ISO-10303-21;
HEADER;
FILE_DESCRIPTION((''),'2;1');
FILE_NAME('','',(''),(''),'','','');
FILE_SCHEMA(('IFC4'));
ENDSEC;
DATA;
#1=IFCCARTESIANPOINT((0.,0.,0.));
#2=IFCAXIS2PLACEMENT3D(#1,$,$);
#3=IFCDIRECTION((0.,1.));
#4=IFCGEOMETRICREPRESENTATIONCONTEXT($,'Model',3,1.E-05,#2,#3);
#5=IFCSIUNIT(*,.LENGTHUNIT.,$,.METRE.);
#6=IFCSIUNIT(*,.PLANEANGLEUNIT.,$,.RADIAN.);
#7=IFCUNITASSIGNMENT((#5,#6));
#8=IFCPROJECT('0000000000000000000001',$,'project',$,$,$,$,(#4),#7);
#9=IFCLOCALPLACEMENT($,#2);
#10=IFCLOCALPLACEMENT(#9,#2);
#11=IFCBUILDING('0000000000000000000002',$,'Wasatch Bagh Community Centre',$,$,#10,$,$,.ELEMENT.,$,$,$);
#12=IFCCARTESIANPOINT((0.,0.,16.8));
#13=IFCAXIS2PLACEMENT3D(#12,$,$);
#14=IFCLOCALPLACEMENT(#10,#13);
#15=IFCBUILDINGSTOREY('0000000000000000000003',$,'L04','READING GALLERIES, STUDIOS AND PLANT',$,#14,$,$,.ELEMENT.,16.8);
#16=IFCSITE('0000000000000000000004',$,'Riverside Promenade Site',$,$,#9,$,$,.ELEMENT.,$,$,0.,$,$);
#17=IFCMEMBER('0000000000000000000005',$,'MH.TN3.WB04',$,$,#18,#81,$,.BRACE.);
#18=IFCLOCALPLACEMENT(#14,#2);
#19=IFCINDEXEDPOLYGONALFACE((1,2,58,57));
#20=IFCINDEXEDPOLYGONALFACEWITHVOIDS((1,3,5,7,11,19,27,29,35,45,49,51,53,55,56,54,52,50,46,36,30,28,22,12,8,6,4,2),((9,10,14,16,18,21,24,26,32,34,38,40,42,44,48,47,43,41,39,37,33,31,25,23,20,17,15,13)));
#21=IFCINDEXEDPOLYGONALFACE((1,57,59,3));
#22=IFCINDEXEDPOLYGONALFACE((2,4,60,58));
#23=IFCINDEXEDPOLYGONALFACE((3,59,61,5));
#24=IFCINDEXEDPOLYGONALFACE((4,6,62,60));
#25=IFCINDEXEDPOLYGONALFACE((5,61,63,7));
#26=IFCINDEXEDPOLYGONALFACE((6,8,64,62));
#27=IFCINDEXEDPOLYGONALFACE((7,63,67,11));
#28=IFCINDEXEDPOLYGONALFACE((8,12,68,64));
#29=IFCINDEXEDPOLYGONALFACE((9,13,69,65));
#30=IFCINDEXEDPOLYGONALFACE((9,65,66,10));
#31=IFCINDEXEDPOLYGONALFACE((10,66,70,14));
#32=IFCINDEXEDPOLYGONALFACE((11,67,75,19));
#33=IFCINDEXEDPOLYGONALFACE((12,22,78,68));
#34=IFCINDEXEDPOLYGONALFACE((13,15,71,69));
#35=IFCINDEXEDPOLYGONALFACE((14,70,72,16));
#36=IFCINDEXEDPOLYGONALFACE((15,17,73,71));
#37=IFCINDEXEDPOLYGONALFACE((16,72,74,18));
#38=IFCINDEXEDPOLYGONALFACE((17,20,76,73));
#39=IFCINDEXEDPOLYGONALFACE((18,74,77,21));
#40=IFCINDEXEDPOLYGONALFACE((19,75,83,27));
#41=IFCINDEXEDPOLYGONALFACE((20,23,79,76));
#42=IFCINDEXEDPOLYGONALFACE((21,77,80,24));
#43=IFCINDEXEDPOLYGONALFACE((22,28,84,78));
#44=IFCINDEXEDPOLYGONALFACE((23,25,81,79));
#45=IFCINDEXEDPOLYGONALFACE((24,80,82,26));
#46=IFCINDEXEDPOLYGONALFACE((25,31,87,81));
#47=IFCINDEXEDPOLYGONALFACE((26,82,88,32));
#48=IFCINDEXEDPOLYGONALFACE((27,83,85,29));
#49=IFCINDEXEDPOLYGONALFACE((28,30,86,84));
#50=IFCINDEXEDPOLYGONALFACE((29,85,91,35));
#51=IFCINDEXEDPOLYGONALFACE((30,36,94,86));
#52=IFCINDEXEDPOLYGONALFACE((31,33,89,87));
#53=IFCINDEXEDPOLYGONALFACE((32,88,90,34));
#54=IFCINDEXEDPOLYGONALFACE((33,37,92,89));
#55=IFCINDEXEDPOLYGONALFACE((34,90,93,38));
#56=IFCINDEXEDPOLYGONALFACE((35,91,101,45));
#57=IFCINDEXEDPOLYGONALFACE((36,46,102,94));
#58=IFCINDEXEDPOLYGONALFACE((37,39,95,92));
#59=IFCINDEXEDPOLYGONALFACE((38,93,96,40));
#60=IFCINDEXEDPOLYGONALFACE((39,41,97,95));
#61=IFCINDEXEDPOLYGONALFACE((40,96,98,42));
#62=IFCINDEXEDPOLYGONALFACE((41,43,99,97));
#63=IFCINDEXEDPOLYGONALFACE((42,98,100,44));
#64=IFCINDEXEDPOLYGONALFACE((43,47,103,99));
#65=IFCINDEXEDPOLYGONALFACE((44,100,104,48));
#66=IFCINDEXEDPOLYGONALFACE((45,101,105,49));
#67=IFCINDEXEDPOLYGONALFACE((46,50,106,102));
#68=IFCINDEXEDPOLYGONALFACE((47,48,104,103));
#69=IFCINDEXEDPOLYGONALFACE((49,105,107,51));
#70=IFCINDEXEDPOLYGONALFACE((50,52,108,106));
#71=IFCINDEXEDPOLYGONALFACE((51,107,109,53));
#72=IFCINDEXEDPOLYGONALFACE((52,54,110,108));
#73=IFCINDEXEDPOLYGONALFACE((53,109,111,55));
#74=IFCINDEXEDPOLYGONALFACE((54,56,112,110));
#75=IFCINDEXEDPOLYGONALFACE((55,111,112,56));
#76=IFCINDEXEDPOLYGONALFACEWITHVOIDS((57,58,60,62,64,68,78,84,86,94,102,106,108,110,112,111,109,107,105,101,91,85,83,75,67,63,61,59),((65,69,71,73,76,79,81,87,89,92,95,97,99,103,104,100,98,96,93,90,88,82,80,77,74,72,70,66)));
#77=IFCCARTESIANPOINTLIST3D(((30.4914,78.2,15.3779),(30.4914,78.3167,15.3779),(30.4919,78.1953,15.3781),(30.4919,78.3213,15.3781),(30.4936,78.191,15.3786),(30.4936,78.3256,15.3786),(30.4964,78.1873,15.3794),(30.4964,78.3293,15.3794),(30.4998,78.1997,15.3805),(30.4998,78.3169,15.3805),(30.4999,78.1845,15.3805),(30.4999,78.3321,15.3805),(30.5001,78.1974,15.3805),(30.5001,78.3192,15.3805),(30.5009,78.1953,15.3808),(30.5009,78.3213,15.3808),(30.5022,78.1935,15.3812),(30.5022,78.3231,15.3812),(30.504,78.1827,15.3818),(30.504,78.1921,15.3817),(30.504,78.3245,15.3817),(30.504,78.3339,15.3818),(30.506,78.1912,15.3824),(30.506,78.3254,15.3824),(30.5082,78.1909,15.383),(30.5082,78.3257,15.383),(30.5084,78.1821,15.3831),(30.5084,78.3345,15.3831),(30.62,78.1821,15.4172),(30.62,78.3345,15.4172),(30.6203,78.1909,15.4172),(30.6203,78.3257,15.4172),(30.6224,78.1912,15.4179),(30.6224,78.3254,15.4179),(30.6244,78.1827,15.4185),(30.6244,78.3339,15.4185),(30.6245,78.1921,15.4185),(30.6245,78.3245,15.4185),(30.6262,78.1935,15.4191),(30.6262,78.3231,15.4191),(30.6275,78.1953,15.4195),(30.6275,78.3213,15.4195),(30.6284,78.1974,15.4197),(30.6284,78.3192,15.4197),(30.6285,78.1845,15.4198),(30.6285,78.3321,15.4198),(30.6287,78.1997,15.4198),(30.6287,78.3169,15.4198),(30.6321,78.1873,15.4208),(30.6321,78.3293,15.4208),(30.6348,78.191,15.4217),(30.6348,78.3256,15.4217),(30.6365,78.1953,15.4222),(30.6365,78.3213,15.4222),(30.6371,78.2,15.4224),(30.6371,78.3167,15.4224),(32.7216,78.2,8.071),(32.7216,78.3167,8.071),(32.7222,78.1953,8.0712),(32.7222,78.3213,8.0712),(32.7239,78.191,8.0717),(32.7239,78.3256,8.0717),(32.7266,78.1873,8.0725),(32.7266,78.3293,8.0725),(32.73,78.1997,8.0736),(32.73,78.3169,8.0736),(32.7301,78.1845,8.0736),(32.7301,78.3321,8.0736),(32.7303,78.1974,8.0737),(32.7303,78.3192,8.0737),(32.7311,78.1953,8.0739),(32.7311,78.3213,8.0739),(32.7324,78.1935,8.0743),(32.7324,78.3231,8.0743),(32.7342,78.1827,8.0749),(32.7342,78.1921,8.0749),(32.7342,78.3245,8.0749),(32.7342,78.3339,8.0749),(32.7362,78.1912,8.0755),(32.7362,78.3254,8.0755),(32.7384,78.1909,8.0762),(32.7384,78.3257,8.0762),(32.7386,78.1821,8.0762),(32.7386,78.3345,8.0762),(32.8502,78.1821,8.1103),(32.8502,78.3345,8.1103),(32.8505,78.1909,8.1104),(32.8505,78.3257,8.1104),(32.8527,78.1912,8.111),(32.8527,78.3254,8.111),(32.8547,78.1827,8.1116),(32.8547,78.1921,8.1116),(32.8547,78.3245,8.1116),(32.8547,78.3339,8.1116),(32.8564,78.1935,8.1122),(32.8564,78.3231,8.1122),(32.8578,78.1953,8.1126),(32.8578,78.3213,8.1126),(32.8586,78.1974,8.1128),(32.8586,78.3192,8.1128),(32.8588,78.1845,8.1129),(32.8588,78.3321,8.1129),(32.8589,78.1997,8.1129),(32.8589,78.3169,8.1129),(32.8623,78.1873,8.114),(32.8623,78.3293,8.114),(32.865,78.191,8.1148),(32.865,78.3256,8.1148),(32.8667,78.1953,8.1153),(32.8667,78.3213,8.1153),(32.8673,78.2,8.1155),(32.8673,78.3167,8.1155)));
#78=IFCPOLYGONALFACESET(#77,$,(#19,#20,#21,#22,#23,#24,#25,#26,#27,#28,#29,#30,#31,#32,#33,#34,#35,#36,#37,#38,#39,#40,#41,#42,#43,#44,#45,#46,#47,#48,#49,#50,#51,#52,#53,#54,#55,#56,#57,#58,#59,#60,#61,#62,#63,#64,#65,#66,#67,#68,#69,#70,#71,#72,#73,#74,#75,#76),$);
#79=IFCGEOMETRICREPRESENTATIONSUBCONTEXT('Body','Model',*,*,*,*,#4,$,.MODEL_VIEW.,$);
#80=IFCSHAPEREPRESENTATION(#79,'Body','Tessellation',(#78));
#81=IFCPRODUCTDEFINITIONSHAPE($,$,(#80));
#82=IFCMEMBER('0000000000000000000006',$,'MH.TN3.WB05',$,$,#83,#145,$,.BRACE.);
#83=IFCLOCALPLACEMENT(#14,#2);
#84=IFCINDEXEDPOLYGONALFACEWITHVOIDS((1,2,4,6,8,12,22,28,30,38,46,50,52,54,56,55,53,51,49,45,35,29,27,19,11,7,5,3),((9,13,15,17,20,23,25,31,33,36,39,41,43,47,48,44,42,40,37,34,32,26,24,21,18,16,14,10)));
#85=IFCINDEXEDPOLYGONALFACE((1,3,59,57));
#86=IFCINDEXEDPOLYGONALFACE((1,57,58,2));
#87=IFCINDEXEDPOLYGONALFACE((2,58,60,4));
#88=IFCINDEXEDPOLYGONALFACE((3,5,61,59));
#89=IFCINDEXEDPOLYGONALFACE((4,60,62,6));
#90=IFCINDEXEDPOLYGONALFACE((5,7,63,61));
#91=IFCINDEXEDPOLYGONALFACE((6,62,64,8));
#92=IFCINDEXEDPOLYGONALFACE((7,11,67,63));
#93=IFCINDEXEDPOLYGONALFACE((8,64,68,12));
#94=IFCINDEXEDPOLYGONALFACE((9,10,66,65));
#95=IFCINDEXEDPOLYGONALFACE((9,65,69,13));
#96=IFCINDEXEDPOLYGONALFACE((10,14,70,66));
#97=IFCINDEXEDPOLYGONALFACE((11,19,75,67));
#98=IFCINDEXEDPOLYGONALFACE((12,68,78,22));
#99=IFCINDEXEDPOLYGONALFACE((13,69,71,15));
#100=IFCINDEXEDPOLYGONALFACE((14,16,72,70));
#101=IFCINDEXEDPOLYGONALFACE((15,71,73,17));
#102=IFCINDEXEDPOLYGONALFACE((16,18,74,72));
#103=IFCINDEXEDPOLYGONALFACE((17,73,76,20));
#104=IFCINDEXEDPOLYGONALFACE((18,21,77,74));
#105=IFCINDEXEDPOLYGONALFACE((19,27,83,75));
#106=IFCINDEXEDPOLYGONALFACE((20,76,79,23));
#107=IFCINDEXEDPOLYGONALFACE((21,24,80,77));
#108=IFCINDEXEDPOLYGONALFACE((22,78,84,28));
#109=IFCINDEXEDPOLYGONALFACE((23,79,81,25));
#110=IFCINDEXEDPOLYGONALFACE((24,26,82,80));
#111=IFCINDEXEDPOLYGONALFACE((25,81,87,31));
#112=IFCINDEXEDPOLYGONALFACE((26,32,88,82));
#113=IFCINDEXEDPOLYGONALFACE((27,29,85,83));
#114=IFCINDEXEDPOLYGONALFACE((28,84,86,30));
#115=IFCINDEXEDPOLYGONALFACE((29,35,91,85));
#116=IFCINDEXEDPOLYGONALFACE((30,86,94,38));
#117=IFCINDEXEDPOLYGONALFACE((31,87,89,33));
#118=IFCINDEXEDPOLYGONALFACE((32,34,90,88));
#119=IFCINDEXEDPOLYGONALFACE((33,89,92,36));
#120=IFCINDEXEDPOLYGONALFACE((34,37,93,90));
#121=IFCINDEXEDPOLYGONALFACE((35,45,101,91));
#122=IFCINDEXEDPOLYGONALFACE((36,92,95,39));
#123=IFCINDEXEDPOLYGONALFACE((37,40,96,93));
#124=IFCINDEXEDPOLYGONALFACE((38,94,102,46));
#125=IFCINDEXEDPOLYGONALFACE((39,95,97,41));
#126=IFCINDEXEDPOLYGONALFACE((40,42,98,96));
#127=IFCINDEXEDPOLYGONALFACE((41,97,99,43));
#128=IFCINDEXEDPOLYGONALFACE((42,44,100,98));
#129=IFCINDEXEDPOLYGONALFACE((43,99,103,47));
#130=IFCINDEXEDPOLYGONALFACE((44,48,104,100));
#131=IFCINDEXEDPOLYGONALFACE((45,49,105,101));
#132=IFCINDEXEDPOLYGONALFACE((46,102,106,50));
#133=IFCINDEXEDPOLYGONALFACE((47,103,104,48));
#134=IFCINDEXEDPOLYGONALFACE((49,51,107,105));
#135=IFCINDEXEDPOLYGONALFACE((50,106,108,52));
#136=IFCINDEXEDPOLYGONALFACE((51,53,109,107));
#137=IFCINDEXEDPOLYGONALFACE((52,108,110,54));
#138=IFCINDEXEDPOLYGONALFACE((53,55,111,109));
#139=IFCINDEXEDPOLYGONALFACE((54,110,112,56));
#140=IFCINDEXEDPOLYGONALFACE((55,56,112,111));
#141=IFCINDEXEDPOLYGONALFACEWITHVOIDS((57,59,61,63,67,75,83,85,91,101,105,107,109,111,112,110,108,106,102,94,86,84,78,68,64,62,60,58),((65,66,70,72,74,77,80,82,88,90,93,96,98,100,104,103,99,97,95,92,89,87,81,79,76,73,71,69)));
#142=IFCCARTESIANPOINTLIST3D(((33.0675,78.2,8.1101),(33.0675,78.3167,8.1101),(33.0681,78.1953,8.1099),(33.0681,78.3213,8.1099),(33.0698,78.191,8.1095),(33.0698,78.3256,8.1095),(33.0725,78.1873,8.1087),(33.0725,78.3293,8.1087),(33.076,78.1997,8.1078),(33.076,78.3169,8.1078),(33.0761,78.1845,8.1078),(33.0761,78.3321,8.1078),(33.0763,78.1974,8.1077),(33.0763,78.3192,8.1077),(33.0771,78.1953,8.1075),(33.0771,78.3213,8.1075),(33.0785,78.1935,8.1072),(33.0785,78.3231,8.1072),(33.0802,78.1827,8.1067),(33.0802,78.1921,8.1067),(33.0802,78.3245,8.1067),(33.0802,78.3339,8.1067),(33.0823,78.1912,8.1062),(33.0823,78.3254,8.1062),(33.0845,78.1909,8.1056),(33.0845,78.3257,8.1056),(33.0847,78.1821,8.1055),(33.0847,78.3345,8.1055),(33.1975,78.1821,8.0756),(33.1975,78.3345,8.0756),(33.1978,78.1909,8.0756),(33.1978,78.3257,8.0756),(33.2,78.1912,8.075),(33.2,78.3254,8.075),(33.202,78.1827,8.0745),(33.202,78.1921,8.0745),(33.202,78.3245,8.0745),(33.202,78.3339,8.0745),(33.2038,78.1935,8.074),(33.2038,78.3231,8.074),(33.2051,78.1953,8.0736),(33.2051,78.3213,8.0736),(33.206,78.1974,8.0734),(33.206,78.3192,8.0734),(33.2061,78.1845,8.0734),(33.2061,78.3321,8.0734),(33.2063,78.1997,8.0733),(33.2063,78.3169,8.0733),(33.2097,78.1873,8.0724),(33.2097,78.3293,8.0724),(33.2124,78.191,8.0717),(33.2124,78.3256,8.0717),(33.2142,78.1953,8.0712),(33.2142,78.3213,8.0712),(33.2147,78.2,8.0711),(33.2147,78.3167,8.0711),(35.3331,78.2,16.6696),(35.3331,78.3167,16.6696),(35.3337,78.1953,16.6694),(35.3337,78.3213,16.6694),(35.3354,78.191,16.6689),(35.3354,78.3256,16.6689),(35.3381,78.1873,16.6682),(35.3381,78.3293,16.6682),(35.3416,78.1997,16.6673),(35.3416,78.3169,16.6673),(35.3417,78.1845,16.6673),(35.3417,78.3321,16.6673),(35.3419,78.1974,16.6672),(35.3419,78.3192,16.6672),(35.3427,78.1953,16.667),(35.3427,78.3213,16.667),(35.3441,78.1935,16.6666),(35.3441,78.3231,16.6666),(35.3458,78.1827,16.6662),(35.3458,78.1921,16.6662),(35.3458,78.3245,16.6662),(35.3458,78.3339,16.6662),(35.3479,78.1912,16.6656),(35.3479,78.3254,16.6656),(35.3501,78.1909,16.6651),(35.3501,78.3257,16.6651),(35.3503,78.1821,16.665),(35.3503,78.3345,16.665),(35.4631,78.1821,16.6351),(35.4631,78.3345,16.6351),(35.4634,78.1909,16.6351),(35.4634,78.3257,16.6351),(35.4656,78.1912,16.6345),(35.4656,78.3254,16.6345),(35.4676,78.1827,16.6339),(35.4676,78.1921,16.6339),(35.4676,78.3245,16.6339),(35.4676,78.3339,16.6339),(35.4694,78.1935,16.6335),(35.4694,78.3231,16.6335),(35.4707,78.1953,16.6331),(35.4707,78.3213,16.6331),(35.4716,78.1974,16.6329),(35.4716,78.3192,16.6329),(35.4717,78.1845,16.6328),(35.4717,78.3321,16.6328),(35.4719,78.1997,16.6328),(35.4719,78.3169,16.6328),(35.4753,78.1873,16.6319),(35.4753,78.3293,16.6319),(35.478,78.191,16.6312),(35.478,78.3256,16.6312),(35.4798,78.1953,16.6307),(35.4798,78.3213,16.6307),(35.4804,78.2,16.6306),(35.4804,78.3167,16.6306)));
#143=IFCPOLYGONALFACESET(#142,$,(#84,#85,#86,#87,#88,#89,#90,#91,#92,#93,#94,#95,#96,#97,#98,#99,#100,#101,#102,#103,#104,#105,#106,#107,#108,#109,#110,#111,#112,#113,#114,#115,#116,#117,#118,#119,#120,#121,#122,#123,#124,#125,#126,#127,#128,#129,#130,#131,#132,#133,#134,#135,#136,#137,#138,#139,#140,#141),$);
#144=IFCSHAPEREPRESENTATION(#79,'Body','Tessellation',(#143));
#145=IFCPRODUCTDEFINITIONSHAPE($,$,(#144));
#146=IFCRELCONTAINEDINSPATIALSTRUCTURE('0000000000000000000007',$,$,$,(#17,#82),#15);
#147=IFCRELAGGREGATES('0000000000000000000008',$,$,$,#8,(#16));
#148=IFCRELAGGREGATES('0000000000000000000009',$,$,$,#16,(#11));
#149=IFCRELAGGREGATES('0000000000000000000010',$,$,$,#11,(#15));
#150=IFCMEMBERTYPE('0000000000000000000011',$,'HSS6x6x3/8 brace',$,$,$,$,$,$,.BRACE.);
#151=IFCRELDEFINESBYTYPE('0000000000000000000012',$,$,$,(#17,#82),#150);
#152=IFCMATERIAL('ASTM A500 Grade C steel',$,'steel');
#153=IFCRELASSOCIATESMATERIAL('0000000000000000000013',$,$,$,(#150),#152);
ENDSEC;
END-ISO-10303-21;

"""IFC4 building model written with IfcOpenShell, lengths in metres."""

from ifc_helpers import new_model, si_unit, direction, frame, origin, origin_2d, place, context, subcontext, project, spatial, hollow_rectangle, extrude, material, material_profile, profile_set, type_object, element, save


model = new_model("IFC4")

# Units and contexts
model_context = context("Model", 3, precision=1e-05, world=origin(), true_north=direction((0.0, 1.0)))
body_context = subcontext(model_context, "Body", "Model", "MODEL_VIEW")
ifc_project = project(units=[si_unit("LENGTHUNIT", "METRE"), si_unit("PLANEANGLEUNIT", "RADIAN")], contexts=[model_context])

# Site, building, storey
site_placement = place(None, origin())
site = spatial("IfcSite", under=ifc_project, at=site_placement, Name="Riverside Promenade Site", CompositionType="ELEMENT", RefElevation=0.0)
building_placement = place(site_placement, origin())
building = spatial("IfcBuilding", under=site, at=building_placement, Name="Wasatch Bagh Community Centre", CompositionType="ELEMENT")
storey_placement = place(building_placement, frame((0.0, 0.0, 16.8)))
storey = spatial("IfcBuildingStorey", under=building, at=storey_placement, Name="L04", Description="READING GALLERIES, STUDIOS AND PLANT", CompositionType="ELEMENT", Elevation=16.8)

# Members
ifc_material_1 = material(Name="ASTM A500 Grade C steel", Category="steel")
ifc_material_profile_1 = material_profile(ifc_material_1, hollow_rectangle(XDim=0.1523, YDim=0.1523, WallThickness=0.0088, InnerFilletRadius=0.0088, OuterFilletRadius=0.0178, at=origin_2d()), Name="HSS6x6x3/8")
ifc_profile_set_1 = profile_set([ifc_material_profile_1], Name="ASTM A500 Grade C steel")
member_type_1 = type_object("IfcMemberType", Name="HSS6x6x3/8 brace", PredefinedType="BRACE", material=ifc_profile_set_1)
member_1_placement = place(storey_placement, frame((32.7944, 78.2583, 8.0933), z_axis=(-0.291927, 0.0, 0.956441), x_axis=(0.0, -1.0, 0.0)))
element("IfcMember", 1, at=member_1_placement, inside=storey, type_object=member_type_1, Name="MH.TN3.WB04", PredefinedType="BRACE", context=body_context, shape_type="SweptSolid", body=[
    extrude(hollow_rectangle(XDim=0.1523, YDim=0.1523, WallThickness=0.0088, InnerFilletRadius=0.0088, OuterFilletRadius=0.0178, at=origin_2d()), origin(), (0.0, 0.0, 1.0), 7.6396),
])
member_2_placement = place(storey_placement, frame((33.1411, 78.2583, 8.0906), z_axis=(0.255877, 0.0, 0.966709), x_axis=(0.0, 1.0, 0.0)))
element("IfcMember", 2, at=member_2_placement, inside=storey, type_object=member_type_1, Name="MH.TN3.WB05", PredefinedType="BRACE", context=body_context, shape_type="SweptSolid", body=[
    extrude(hollow_rectangle(XDim=0.1523, YDim=0.1523, WallThickness=0.0088, InnerFilletRadius=0.0088, OuterFilletRadius=0.0178, at=origin_2d()), origin(), (0.0, 0.0, 1.0), 8.8542),
])

save(model, "model.ifc")
